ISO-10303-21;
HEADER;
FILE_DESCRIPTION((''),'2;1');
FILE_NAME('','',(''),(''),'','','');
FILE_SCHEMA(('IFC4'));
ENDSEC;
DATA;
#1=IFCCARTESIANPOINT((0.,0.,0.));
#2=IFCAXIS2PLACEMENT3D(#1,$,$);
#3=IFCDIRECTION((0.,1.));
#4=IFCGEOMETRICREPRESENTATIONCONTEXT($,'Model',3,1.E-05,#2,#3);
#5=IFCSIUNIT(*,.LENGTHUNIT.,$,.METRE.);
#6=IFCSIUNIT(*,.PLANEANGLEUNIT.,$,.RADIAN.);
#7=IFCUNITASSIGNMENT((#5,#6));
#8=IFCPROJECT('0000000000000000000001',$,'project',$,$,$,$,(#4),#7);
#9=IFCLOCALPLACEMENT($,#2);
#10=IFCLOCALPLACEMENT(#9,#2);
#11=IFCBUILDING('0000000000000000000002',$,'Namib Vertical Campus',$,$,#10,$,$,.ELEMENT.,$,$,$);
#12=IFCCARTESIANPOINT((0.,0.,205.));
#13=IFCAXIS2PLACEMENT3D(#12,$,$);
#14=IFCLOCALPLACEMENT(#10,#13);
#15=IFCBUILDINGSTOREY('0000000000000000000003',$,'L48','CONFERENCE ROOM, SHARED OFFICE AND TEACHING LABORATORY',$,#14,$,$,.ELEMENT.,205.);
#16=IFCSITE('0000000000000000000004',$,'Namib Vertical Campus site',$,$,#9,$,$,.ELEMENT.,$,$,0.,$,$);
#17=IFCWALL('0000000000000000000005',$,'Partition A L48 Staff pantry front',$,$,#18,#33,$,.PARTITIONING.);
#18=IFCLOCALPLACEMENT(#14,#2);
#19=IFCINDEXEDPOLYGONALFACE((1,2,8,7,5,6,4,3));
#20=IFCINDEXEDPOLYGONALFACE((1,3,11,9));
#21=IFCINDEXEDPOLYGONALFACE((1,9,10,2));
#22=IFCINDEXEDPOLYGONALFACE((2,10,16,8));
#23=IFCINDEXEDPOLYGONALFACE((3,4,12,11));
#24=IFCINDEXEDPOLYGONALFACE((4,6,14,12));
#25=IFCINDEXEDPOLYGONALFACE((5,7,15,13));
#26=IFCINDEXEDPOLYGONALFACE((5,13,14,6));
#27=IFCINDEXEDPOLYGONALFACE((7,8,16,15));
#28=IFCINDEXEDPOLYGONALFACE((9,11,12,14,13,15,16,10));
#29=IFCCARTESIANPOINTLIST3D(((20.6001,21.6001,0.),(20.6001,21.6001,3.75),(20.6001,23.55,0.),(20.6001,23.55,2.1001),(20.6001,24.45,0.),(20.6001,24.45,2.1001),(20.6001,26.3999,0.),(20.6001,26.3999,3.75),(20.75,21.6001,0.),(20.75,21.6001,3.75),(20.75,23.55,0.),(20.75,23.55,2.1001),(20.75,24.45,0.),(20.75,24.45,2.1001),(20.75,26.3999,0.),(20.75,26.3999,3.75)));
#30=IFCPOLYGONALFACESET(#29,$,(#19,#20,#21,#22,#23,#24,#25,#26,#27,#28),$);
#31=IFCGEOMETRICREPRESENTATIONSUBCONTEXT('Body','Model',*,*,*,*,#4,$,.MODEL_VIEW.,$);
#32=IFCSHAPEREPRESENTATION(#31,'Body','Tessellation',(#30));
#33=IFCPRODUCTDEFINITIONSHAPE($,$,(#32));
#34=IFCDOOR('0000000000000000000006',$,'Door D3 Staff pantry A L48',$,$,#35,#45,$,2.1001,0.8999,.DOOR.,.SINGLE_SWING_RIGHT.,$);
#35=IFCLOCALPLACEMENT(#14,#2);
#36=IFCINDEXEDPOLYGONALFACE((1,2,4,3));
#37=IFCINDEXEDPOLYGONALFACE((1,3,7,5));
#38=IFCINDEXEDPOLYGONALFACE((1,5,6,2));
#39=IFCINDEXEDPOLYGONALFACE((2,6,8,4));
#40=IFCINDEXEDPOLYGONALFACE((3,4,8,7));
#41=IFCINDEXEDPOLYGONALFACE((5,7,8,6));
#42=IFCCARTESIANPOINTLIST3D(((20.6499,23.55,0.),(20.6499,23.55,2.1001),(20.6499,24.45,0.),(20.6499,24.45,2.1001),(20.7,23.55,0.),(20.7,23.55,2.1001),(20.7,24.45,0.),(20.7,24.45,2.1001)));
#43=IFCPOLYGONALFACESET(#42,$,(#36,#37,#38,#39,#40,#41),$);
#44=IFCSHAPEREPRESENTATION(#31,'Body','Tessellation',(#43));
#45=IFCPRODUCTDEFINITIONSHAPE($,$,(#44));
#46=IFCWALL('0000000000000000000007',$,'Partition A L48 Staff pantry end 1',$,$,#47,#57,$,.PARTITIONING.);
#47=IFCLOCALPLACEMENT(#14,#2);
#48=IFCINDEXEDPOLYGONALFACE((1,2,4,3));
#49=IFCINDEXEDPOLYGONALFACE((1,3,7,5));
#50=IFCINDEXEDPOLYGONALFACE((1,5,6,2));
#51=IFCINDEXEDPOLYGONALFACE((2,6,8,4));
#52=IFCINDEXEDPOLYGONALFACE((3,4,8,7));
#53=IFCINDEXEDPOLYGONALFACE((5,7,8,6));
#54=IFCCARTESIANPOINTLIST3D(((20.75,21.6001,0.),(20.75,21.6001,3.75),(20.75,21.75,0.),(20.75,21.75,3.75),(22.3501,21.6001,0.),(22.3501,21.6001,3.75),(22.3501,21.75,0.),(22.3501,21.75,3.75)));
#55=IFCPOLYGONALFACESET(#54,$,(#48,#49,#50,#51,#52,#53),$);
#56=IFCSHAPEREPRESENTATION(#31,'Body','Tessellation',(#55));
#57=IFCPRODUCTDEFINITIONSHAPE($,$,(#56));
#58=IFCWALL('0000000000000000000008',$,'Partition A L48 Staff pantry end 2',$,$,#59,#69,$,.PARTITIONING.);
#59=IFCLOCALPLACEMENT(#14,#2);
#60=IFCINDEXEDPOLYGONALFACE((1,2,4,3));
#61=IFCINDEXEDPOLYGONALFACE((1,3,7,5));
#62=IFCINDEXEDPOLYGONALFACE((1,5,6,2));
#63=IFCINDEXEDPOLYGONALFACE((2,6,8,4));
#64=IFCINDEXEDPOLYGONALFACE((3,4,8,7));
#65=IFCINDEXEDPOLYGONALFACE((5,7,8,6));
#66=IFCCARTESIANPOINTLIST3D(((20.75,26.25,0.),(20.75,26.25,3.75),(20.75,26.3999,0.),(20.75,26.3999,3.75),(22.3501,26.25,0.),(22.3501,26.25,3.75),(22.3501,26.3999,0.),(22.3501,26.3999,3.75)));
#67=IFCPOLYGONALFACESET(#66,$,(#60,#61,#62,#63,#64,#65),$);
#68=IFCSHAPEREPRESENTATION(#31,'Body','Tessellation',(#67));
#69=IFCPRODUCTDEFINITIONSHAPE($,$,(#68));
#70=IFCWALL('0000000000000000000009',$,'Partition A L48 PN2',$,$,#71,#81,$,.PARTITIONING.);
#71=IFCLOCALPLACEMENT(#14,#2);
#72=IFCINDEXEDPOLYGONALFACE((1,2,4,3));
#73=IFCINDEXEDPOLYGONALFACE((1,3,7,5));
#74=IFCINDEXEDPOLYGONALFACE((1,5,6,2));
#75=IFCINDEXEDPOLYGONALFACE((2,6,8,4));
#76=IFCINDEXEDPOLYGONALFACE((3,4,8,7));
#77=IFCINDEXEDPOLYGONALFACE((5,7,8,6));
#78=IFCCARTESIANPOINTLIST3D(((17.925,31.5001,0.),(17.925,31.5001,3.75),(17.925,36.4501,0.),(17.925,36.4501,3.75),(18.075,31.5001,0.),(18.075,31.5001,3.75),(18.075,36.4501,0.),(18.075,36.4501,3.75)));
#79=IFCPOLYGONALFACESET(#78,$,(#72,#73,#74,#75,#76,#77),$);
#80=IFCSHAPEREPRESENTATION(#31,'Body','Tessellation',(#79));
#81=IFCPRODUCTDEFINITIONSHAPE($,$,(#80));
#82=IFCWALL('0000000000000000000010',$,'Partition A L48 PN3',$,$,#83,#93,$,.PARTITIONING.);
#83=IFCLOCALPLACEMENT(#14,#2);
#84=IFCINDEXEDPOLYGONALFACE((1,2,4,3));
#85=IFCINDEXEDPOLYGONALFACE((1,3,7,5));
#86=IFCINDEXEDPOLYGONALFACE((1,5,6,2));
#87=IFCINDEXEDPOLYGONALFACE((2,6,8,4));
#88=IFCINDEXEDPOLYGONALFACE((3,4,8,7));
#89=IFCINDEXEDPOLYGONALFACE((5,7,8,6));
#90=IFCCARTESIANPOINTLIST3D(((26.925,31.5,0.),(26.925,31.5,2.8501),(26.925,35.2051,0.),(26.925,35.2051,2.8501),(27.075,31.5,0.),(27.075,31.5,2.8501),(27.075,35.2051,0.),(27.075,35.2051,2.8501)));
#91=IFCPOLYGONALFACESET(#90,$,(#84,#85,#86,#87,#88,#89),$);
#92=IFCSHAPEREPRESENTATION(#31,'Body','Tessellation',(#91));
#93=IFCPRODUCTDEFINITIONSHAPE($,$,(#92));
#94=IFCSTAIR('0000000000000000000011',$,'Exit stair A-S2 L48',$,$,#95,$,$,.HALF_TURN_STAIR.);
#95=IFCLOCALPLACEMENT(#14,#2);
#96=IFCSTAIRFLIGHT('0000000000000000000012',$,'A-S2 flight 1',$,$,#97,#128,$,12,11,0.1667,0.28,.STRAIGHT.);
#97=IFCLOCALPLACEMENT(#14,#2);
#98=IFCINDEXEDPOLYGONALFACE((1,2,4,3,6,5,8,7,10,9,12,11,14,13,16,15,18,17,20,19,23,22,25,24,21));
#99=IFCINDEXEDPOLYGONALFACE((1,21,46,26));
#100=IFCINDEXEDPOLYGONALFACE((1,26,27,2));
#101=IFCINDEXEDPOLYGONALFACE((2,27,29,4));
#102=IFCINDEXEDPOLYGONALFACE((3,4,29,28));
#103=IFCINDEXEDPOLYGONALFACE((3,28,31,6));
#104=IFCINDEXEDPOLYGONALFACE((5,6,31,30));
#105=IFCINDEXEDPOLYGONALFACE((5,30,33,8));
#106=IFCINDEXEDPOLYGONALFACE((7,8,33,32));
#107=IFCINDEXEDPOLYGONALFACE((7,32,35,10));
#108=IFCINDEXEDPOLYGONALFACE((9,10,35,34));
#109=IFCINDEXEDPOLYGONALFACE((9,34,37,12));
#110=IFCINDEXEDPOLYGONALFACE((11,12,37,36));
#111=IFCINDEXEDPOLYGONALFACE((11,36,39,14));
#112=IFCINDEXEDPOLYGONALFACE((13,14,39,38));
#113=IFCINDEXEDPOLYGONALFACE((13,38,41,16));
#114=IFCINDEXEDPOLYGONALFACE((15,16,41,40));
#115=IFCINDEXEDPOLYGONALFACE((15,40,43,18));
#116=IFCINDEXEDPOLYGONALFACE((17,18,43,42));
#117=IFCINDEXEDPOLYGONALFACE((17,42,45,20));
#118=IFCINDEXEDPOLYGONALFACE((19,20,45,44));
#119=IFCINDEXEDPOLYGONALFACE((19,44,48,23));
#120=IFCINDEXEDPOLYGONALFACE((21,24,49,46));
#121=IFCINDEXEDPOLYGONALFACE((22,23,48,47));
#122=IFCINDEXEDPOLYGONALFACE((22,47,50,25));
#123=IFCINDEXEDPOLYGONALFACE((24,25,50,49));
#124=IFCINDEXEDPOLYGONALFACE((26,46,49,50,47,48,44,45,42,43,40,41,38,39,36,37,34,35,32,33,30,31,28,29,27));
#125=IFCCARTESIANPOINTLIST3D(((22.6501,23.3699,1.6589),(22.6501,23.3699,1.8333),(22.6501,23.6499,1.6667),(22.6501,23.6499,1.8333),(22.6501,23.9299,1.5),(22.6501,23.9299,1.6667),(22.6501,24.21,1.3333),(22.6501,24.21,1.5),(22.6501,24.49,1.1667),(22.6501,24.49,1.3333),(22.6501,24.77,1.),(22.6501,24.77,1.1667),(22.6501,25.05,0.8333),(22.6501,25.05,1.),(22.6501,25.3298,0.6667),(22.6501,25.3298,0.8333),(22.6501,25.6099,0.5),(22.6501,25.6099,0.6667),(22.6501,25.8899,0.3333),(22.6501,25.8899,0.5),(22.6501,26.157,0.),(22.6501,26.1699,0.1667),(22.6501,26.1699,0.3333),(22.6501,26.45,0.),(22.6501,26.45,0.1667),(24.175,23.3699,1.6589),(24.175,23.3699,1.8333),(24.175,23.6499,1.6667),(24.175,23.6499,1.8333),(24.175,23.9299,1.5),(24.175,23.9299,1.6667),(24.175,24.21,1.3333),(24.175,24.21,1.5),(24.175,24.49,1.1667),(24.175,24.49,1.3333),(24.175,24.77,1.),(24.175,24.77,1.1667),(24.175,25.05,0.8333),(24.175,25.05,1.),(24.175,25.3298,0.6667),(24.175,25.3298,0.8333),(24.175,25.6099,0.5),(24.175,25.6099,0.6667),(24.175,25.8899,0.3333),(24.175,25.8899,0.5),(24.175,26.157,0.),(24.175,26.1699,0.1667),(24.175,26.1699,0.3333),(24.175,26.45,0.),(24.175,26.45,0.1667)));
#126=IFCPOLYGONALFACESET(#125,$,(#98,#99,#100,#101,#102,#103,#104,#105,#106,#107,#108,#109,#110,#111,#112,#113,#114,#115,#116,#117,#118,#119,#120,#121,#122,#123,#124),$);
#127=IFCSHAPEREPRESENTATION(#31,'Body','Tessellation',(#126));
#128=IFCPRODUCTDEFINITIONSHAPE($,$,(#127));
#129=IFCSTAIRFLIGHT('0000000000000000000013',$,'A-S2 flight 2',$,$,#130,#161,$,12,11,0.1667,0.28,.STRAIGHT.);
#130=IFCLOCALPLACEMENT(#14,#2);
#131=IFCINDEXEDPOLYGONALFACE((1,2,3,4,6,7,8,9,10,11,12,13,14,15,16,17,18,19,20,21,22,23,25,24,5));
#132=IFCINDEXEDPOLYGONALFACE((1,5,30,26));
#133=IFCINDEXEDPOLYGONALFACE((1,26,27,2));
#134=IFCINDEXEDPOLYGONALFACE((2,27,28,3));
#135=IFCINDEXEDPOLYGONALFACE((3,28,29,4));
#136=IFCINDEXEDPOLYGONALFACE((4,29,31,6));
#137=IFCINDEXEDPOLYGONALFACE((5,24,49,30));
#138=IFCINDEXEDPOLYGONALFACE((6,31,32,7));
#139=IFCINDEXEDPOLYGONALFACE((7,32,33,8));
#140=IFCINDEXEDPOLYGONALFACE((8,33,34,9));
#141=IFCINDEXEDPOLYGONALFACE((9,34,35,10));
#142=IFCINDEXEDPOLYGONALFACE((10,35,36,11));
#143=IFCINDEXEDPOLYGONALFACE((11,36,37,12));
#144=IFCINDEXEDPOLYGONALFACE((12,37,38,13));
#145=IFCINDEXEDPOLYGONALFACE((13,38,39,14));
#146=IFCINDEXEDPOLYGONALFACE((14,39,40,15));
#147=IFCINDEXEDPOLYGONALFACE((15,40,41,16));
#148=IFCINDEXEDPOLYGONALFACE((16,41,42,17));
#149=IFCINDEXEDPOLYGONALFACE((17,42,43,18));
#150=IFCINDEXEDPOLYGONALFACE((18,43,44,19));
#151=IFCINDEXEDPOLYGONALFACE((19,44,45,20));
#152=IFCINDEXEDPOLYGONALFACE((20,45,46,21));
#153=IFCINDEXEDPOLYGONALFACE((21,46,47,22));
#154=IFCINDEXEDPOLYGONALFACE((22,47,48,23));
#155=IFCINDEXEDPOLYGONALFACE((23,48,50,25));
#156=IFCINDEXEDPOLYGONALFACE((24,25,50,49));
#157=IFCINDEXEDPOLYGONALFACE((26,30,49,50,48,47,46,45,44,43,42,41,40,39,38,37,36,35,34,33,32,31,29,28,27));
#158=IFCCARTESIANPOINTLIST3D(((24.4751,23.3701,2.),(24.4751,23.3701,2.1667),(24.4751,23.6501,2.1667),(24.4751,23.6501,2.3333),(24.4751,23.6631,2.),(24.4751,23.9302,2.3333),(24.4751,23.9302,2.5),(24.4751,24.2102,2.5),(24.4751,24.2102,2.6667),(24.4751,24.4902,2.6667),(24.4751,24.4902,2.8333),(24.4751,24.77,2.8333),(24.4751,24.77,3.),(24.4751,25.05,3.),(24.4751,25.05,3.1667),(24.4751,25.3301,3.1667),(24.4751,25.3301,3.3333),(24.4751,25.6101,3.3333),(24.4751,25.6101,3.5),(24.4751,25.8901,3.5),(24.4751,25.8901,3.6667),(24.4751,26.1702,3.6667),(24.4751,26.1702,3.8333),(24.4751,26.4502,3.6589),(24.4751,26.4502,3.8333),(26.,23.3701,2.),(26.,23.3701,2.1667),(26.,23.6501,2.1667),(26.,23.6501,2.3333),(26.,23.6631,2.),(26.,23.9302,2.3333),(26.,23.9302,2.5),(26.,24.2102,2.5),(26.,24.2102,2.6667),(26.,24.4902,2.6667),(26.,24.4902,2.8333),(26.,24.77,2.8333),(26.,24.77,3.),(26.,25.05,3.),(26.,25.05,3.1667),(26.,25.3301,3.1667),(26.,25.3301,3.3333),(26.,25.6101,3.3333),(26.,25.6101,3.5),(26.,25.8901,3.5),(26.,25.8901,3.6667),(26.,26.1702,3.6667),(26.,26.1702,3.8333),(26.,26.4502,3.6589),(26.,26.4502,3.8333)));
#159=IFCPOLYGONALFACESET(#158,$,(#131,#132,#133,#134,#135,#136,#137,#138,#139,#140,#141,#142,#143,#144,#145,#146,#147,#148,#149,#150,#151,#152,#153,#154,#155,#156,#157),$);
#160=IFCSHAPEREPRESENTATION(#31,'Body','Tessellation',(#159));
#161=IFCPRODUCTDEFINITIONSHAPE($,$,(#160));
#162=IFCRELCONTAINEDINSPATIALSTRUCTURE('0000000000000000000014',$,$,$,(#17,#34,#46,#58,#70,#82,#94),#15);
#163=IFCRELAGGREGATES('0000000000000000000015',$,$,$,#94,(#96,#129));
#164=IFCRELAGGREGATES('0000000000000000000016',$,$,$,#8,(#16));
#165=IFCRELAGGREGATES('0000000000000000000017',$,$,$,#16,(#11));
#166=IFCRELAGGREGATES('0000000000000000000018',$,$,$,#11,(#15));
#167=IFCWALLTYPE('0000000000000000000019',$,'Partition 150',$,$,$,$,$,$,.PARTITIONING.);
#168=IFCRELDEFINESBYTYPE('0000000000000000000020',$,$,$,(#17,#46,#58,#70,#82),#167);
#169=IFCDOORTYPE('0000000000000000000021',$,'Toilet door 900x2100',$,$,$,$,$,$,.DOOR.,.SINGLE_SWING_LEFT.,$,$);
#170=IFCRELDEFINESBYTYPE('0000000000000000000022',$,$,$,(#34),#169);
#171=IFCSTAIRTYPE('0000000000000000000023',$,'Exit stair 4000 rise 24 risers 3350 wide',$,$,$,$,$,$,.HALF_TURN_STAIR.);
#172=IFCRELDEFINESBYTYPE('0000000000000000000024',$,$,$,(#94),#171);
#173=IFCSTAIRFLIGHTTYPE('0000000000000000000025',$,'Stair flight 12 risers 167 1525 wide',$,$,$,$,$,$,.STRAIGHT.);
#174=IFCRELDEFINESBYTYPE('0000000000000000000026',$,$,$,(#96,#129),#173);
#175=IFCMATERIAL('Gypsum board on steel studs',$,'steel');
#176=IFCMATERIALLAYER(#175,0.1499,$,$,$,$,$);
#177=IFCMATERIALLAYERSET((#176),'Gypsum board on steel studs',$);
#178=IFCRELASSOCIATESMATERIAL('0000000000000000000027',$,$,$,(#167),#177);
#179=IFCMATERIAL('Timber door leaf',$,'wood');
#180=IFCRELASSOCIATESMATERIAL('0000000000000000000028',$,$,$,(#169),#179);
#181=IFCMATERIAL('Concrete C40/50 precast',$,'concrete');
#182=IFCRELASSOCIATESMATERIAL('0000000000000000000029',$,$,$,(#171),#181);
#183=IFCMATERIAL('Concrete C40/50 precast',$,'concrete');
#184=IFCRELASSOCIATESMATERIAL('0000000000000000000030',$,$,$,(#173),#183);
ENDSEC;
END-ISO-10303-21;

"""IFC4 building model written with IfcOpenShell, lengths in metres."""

from ifc_helpers import new_model, si_unit, direction, frame, frame_2d, origin, place, context, subcontext, project, spatial, polyline, rectangle, outline, extrude, material, layer, layer_set, type_object, element, fill, aggregate, save


model = new_model("IFC4")

# Units and contexts
model_context = context("Model", 3, precision=1e-05, world=origin(), true_north=direction((0.0, 1.0)))
body_context = subcontext(model_context, "Body", "Model", "MODEL_VIEW")
ifc_project = project(units=[si_unit("LENGTHUNIT", "METRE"), si_unit("PLANEANGLEUNIT", "RADIAN")], contexts=[model_context])

# Site, building, storey
site_placement = place(None, origin())
site = spatial("IfcSite", under=ifc_project, at=site_placement, Name="Namib Vertical Campus site", CompositionType="ELEMENT", RefElevation=0.0)
building_placement = place(site_placement, origin())
building = spatial("IfcBuilding", under=site, at=building_placement, Name="Namib Vertical Campus", CompositionType="ELEMENT")
storey_placement = place(building_placement, frame((0.0, 0.0, 205.0)))
storey = spatial("IfcBuildingStorey", under=building, at=storey_placement, Name="L48", Description="CONFERENCE ROOM, SHARED OFFICE AND TEACHING LABORATORY", CompositionType="ELEMENT", Elevation=205.0)

# Wall, opening, door
ifc_material_1 = material(Name="Gypsum board on steel studs", Category="steel")
ifc_layer_1 = layer(ifc_material_1, 0.1499)
ifc_layer_set_1 = layer_set([ifc_layer_1], Name="Gypsum board on steel studs")
wall_type_1 = type_object("IfcWallType", Name="Partition 150", PredefinedType="PARTITIONING", material=ifc_layer_set_1)
wall_1_placement = place(storey_placement, frame((20.675, 21.6001, 0.0), z_axis=(0.0, 0.0, 1.0), x_axis=(0.0, 1.0, 0.0)))
wall_1 = element("IfcWall", 1, at=wall_1_placement, inside=storey, type_object=wall_type_1, Name="Partition A L48 Staff pantry front", PredefinedType="PARTITIONING", context=body_context, shape_type="SweptSolid", body=[
    extrude(rectangle(XDim=4.7998, YDim=0.1499, at=frame_2d((2.3999, 0.0))), origin(), (0.0, 0.0, 1.0), 3.75),
])
opening_1_placement = place(wall_1_placement, frame((1.95, 0.0, 0.0)))
opening_1 = element("IfcOpeningElement", 2, at=opening_1_placement, cuts=wall_1, PredefinedType="OPENING", context=body_context, shape_type="SweptSolid", body=[
    extrude(rectangle(XDim=0.8999, YDim=2.1001, at=frame_2d((0.45, 1.05))), frame((0.0, 0.085, 0.0), z_axis=(0.0, -1.0, 0.0), x_axis=(1.0, 0.0, 0.0)), (0.0, 0.0, 1.0), 0.1699),
])
ifc_material_2 = material(Name="Timber door leaf", Category="wood")
door_type_1 = type_object("IfcDoorType", Name="Toilet door 900x2100", OperationType="SINGLE_SWING_LEFT", PredefinedType="DOOR", material=ifc_material_2)
door_1_placement = place(opening_1_placement, frame((0.8999, 0.0, 0.0), z_axis=(0.0, 0.0, 1.0), x_axis=(-1.0, 0.0, 0.0)))
door_1 = element("IfcDoor", 3, at=door_1_placement, inside=storey, type_object=door_type_1, Name="Door D3 Staff pantry A L48", OperationType="SINGLE_SWING_RIGHT", OverallHeight=2.1001, OverallWidth=0.8999, PredefinedType="DOOR", context=body_context, shape_type="SweptSolid", body=[
    extrude(rectangle(XDim=0.8999, YDim=2.1001, at=frame_2d((0.45, 1.05))), frame((0.0, 0.0249, 0.0), z_axis=(0.0, -1.0, 0.0), x_axis=(1.0, 0.0, 0.0)), (0.0, 0.0, 1.0), 0.05),
])
fill(opening_1, door_1)

# Walls
for number, where, z_axis, x_axis, name in (
    (4, (20.75, 21.675, 0.0), (0.0, 0.0, 1.0), (1.0, 0.0, 0.0), "Partition A L48 Staff pantry end 1"),
    (5, (20.75, 26.325, 0.0), (0.0, 0.0, 1.0), (1.0, 0.0, 0.0), "Partition A L48 Staff pantry end 2"),
):
    element("IfcWall", number, at=place(storey_placement, frame(where, z_axis=z_axis, x_axis=x_axis)), inside=storey, type_object=wall_type_1, Name=name, PredefinedType="PARTITIONING", context=body_context, shape_type="SweptSolid", body=[
        extrude(rectangle(XDim=1.6001, YDim=0.1499, at=frame_2d((0.8, 0.0))), origin(), (0.0, 0.0, 1.0), 3.75),
    ])
wall_2_placement = place(storey_placement, frame((18.0, 31.5, 0.0), z_axis=(0.0, 0.0, 1.0), x_axis=(0.0, 1.0, 0.0)))
element("IfcWall", 6, at=wall_2_placement, inside=storey, type_object=wall_type_1, Name="Partition A L48 PN2", PredefinedType="PARTITIONING", context=body_context, shape_type="SweptSolid", body=[
    extrude(rectangle(XDim=4.95, YDim=0.1499, at=frame_2d((2.4751, 0.0))), origin(), (0.0, 0.0, 1.0), 3.75),
])
wall_3_placement = place(storey_placement, frame((27.0, 31.5, 0.0), z_axis=(0.0, 0.0, 1.0), x_axis=(0.0, 1.0, 0.0)))
element("IfcWall", 7, at=wall_3_placement, inside=storey, type_object=wall_type_1, Name="Partition A L48 PN3", PredefinedType="PARTITIONING", context=body_context, shape_type="SweptSolid", body=[
    extrude(rectangle(XDim=3.7051, YDim=0.1499, at=frame_2d((1.8525, 0.0))), origin(), (0.0, 0.0, 1.0), 2.8501),
])

# Stair, stair flights
ifc_material_3 = material(Name="Concrete C40/50 precast", Category="concrete")
stair_type = type_object("IfcStairType", Name="Exit stair 4000 rise 24 risers 3350 wide", PredefinedType="HALF_TURN_STAIR", material=ifc_material_3)
stair_placement = place(storey_placement, origin())
stair = element("IfcStair", 8, at=stair_placement, inside=storey, type_object=stair_type, Name="Exit stair A-S2 L48", PredefinedType="HALF_TURN_STAIR")
ifc_material_4 = material(Name="Concrete C40/50 precast", Category="concrete")
stair_flight_type = type_object("IfcStairFlightType", Name="Stair flight 12 risers 167 1525 wide", PredefinedType="STRAIGHT", material=ifc_material_4)
stair_flight_1_placement = place(storey_placement, frame((23.4126, 26.45, 0.0), z_axis=(0.0, 0.0, 1.0), x_axis=(0.0, -1.0, 0.0)))
stair_flight_1 = element("IfcStairFlight", 9, at=stair_flight_1_placement, type_object=stair_flight_type, Name="A-S2 flight 1", NumberOfRisers=12, NumberOfTreads=11, PredefinedType="STRAIGHT", RiserHeight=0.1667, TreadLength=0.28, context=body_context, shape_type="SweptSolid", body=[
    extrude(outline(polyline([(0.0, 0.0), (0.0, 0.1667), (0.28, 0.1667), (0.28, 0.3333), (0.5601, 0.3333), (0.5601, 0.5), (0.8401, 0.5), (0.8401, 0.6667), (1.1201, 0.6667), (1.1201, 0.8333), (1.3999, 0.8333), (1.3999, 1.0), (1.6799, 1.0), (1.6799, 1.1667), (1.96, 1.1667), (1.96, 1.3333), (2.24, 1.3333), (2.24, 1.5), (2.52, 1.5), (2.52, 1.6667), (2.8, 1.6667), (2.8, 1.8333), (3.0801, 1.8333), (3.0801, 2.0), (3.0801, 1.6589), (0.293, 0.0), (0.0, 0.0)])), frame((0.0, 0.7625, 0.0), z_axis=(0.0, -1.0, 0.0), x_axis=(1.0, 0.0, 0.0)), (0.0, 0.0, 1.0), 1.5249),
])
stair_flight_2_placement = place(storey_placement, frame((25.2375, 23.3701, 2.0), z_axis=(0.0, 0.0, 1.0), x_axis=(0.0, 1.0, 0.0)))
stair_flight_2 = element("IfcStairFlight", 10, at=stair_flight_2_placement, type_object=stair_flight_type, Name="A-S2 flight 2", NumberOfRisers=12, NumberOfTreads=11, PredefinedType="STRAIGHT", RiserHeight=0.1667, TreadLength=0.28, context=body_context, shape_type="SweptSolid", body=[
    extrude(outline(polyline([(0.0, 0.0), (0.0, 0.1667), (0.28, 0.1667), (0.28, 0.3333), (0.5601, 0.3333), (0.5601, 0.5), (0.8401, 0.5), (0.8401, 0.6667), (1.1201, 0.6667), (1.1201, 0.8333), (1.3999, 0.8333), (1.3999, 1.0), (1.6799, 1.0), (1.6799, 1.1667), (1.96, 1.1667), (1.96, 1.3333), (2.24, 1.3333), (2.24, 1.5), (2.52, 1.5), (2.52, 1.6667), (2.8, 1.6667), (2.8, 1.8333), (3.0801, 1.8333), (3.0801, 2.0), (3.0801, 1.6589), (0.293, 0.0), (0.0, 0.0)])), frame((0.0, 0.7625, 0.0), z_axis=(0.0, -1.0, 0.0), x_axis=(1.0, 0.0, 0.0)), (0.0, 0.0, 1.0), 1.5249),
])
aggregate(stair, [stair_flight_1, stair_flight_2])

save(model, "model.ifc")
